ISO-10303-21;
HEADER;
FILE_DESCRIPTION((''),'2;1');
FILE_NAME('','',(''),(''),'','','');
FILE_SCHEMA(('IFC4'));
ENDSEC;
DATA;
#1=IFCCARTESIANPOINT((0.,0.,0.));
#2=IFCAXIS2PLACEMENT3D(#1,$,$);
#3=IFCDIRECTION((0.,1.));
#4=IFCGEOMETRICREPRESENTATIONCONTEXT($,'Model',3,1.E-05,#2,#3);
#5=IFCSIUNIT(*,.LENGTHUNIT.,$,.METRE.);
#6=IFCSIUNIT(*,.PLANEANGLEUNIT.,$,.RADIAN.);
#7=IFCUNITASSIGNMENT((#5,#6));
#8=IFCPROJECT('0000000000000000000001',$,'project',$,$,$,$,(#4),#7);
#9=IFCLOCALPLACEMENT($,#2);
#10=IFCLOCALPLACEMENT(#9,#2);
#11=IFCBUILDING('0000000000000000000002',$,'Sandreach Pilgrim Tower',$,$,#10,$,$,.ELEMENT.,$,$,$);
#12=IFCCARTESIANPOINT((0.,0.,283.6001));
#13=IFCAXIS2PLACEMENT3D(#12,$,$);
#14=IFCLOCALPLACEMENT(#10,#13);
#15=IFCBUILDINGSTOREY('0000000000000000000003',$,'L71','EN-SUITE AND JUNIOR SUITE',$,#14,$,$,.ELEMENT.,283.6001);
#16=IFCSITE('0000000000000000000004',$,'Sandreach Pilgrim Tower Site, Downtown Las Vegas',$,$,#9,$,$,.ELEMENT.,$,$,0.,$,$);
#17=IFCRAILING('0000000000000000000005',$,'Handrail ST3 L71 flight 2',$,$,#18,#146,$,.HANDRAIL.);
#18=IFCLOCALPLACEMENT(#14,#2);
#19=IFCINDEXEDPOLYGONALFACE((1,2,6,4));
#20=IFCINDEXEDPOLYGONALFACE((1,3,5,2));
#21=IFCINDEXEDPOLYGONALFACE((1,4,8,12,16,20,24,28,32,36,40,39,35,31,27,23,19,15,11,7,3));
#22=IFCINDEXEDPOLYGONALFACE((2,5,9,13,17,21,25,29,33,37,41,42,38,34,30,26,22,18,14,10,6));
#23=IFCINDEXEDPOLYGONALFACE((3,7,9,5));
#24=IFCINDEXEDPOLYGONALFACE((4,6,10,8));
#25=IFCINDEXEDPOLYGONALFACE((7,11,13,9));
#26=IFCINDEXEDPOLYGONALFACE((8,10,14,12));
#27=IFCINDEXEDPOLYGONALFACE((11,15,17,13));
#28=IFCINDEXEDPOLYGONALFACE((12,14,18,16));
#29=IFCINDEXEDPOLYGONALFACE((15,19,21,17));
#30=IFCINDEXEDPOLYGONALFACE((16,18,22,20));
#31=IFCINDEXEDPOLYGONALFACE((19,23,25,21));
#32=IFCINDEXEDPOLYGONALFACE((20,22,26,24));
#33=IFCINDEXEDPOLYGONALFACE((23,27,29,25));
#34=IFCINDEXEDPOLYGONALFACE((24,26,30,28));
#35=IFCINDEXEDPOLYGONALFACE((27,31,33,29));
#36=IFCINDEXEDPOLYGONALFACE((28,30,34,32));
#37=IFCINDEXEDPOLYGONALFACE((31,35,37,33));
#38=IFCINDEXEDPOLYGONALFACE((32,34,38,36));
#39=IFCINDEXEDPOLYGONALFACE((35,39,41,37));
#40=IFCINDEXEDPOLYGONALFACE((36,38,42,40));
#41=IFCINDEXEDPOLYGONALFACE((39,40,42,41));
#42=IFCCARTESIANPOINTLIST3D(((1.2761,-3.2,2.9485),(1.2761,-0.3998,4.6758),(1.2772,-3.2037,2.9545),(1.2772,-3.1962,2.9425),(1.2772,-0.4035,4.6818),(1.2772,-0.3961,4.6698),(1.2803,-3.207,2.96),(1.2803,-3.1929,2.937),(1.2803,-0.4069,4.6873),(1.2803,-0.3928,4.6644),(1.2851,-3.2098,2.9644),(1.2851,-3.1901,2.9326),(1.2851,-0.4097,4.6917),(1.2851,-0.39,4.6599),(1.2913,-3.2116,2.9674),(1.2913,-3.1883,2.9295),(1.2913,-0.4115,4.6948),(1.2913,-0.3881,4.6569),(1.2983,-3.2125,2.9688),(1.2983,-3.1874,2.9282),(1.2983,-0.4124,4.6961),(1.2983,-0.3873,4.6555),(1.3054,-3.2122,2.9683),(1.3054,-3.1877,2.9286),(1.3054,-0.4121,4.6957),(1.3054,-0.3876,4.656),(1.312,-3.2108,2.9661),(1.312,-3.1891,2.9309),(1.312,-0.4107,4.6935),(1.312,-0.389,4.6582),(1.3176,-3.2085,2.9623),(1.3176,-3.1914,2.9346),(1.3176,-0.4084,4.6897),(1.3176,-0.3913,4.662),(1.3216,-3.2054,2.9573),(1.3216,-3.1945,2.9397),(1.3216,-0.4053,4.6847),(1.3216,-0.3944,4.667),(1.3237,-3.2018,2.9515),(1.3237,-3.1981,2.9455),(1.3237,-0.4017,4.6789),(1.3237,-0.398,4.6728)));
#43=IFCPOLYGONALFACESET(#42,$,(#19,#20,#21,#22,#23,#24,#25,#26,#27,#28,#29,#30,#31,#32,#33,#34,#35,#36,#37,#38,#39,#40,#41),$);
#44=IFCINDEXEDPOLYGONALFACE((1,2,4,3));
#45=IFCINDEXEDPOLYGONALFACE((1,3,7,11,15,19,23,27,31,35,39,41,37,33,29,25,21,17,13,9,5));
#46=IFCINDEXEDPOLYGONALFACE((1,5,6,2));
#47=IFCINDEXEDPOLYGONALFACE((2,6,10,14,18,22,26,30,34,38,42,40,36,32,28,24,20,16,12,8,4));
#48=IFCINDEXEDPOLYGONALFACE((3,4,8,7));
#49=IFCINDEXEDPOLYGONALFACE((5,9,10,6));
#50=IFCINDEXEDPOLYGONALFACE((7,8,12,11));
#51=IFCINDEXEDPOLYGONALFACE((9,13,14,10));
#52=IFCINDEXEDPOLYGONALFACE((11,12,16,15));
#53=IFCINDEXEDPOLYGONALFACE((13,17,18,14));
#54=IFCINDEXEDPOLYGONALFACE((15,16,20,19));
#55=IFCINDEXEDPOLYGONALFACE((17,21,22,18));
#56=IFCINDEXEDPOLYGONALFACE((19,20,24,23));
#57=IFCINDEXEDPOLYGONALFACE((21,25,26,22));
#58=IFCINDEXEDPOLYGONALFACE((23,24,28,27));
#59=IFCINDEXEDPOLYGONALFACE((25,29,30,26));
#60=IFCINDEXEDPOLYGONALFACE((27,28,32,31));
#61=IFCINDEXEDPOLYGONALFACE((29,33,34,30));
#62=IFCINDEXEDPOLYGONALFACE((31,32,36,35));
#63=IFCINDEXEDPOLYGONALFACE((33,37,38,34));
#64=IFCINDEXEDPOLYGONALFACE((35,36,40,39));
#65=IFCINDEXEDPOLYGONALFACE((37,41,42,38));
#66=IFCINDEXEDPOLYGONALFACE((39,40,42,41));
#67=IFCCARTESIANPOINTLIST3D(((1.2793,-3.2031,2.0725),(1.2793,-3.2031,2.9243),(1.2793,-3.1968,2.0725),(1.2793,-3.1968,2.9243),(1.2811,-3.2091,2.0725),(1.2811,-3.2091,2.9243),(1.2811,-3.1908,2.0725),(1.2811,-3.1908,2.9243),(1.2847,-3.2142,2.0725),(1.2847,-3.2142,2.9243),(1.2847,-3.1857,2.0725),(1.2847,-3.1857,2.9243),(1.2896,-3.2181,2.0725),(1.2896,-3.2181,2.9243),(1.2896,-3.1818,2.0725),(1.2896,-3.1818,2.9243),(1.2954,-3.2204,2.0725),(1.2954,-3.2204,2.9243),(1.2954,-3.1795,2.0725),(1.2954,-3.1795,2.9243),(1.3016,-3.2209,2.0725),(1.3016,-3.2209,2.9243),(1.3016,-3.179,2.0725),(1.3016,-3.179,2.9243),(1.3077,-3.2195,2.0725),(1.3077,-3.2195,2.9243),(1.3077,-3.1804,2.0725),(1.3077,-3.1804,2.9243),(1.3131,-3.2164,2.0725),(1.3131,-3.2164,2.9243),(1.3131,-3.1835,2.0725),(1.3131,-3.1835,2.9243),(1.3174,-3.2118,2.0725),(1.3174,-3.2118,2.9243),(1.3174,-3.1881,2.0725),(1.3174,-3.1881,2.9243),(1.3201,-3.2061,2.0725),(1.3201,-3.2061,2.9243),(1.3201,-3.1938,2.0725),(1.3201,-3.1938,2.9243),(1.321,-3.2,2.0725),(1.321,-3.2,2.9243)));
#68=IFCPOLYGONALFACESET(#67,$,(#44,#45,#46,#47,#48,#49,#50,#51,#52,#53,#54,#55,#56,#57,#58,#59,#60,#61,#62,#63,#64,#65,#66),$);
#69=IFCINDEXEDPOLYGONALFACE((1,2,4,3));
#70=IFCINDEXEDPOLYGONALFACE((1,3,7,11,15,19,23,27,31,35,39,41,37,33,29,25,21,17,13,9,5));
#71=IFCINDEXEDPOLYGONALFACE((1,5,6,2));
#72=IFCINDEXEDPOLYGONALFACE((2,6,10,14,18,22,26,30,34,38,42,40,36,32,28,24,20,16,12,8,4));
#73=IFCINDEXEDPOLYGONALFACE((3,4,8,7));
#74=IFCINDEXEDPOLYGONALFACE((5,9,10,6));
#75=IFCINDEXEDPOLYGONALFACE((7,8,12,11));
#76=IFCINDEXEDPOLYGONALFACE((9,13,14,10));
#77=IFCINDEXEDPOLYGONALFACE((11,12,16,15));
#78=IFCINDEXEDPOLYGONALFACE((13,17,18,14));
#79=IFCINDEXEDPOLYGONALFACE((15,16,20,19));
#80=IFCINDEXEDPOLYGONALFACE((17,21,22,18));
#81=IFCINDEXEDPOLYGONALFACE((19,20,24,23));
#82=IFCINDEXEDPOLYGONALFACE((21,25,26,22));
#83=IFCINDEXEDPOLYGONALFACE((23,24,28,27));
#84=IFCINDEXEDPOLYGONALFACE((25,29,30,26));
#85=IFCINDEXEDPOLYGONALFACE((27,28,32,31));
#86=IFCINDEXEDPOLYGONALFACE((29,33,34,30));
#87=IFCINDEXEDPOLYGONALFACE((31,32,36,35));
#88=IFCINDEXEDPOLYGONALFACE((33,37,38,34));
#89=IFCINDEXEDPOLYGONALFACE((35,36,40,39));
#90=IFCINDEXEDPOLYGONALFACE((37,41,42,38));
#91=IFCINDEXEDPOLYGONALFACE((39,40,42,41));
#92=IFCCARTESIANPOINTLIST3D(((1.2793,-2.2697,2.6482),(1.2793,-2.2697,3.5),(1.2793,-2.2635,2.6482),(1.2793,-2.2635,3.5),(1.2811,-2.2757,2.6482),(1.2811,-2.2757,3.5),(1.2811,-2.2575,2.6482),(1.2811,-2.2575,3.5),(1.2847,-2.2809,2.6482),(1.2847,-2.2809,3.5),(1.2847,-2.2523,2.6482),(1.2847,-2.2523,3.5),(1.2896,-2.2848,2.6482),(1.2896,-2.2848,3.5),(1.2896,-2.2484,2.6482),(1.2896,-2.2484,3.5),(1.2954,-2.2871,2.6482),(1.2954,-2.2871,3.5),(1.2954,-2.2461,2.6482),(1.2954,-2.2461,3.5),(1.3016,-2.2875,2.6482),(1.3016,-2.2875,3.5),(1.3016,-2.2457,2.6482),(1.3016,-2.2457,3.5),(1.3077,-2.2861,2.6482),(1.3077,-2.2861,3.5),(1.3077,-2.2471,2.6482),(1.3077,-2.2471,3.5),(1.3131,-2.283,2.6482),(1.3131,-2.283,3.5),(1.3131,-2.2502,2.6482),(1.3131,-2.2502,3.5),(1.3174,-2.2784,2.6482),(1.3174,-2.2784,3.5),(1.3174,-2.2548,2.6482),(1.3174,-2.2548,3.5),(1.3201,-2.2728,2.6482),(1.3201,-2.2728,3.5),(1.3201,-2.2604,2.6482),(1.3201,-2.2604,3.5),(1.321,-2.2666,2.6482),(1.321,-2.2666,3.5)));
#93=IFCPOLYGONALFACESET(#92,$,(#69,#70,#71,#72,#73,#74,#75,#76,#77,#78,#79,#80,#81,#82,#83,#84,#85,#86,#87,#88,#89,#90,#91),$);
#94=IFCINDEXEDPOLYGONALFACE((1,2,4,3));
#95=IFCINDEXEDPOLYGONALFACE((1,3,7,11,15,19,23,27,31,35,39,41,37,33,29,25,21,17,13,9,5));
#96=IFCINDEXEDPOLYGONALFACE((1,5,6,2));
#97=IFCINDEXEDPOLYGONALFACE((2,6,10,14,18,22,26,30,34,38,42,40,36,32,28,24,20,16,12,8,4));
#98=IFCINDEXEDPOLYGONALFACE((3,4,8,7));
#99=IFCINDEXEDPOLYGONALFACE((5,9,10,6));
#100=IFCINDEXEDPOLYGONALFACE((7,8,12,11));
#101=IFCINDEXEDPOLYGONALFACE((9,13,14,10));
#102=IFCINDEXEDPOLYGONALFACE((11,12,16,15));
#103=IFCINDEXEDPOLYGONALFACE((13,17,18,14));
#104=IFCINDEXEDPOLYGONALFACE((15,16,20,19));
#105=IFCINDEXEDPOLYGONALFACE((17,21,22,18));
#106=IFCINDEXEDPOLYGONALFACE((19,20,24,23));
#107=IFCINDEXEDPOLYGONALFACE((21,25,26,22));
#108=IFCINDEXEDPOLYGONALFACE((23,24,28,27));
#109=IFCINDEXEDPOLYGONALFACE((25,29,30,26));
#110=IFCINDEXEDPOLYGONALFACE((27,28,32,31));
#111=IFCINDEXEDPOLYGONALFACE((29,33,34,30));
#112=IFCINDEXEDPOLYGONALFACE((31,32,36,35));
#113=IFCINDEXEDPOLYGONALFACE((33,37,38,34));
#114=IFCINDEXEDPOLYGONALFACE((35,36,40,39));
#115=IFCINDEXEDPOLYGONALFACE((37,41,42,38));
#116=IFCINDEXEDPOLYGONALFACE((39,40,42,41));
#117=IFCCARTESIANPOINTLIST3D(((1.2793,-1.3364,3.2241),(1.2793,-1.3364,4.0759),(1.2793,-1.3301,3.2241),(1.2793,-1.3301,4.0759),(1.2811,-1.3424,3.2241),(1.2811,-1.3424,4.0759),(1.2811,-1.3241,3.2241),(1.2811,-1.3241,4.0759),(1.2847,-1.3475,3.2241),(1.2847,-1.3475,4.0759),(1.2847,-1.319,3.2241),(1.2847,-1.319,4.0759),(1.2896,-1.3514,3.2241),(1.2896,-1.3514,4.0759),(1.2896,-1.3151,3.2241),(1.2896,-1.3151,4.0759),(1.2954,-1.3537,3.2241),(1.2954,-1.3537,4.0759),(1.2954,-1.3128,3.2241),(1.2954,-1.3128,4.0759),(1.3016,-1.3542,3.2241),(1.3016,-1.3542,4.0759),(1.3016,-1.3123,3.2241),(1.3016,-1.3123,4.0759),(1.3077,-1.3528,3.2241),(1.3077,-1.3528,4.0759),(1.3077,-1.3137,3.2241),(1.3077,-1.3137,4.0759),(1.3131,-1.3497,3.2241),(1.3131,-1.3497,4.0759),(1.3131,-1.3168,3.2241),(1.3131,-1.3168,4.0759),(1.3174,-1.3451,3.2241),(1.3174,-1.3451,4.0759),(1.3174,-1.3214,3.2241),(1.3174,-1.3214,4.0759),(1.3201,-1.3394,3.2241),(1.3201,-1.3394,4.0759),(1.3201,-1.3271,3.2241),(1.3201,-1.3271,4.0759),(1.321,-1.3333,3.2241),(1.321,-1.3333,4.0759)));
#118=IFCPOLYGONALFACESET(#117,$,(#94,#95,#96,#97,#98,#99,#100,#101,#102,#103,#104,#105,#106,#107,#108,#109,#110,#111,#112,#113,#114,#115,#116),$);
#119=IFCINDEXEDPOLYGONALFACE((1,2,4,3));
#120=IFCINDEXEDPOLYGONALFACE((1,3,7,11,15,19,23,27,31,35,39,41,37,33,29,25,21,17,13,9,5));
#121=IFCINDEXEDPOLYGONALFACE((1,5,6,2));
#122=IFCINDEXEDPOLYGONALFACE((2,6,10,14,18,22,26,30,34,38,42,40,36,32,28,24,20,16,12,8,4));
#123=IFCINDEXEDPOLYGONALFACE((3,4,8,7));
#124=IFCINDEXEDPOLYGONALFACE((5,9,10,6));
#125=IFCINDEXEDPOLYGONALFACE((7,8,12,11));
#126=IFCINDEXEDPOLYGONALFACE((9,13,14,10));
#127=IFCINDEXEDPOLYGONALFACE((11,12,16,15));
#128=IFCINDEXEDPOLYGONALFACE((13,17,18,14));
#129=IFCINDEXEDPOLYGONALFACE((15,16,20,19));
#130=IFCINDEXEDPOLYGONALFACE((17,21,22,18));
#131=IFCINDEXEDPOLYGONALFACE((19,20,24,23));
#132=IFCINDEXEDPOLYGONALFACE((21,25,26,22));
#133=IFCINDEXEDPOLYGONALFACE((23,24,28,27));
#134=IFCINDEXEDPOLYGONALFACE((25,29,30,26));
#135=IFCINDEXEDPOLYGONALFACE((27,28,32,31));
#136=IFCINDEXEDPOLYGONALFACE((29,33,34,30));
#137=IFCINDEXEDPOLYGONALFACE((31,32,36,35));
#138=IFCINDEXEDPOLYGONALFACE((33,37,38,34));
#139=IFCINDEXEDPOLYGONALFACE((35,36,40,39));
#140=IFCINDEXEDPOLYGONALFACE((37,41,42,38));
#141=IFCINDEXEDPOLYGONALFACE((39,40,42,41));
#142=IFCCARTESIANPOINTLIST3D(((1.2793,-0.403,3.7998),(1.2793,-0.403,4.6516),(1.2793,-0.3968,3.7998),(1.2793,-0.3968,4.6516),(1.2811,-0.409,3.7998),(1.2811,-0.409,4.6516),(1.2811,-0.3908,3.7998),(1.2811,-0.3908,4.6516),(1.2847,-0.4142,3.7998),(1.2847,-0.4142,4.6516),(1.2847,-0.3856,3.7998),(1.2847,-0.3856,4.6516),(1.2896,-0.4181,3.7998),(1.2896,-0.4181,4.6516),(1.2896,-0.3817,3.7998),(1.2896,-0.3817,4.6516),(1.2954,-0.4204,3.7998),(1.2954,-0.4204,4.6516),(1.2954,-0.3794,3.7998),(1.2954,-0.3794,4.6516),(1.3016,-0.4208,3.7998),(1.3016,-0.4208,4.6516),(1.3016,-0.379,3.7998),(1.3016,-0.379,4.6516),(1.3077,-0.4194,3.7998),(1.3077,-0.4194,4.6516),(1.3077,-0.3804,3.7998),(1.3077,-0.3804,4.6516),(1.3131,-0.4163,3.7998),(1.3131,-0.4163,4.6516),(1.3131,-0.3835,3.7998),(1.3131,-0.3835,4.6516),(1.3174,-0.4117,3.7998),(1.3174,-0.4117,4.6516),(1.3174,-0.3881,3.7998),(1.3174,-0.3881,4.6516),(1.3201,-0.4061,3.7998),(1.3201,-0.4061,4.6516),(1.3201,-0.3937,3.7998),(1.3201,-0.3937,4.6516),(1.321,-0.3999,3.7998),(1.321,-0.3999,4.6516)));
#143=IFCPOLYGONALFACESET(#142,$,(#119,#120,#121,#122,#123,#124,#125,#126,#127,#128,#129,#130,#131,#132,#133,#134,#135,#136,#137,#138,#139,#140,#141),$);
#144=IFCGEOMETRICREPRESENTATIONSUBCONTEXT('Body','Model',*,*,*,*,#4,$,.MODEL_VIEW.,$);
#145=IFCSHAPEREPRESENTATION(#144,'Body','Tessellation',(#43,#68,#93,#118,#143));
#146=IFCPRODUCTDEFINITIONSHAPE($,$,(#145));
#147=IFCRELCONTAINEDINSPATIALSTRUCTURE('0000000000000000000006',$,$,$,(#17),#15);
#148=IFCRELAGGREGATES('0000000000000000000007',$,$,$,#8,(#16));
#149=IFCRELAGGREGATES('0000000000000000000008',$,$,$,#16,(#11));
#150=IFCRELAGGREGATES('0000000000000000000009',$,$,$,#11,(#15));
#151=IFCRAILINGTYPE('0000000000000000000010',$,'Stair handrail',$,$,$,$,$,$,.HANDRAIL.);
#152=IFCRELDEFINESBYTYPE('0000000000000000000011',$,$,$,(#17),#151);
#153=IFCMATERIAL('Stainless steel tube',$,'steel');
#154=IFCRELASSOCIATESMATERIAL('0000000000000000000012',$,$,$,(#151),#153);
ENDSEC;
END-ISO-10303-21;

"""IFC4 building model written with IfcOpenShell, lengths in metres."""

from ifc_helpers import new_model, si_unit, direction, frame, origin, origin_2d, place, context, subcontext, project, spatial, circle, extrude, material, type_object, element, save


model = new_model("IFC4")

# Units and contexts
model_context = context("Model", 3, precision=1e-05, world=origin(), true_north=direction((0.0, 1.0)))
body_context = subcontext(model_context, "Body", "Model", "MODEL_VIEW")
ifc_project = project(units=[si_unit("LENGTHUNIT", "METRE"), si_unit("PLANEANGLEUNIT", "RADIAN")], contexts=[model_context])

# Site, building, storey
site_placement = place(None, origin())
site = spatial("IfcSite", under=ifc_project, at=site_placement, Name="Sandreach Pilgrim Tower Site, Downtown Las Vegas", CompositionType="ELEMENT", RefElevation=0.0)
building_placement = place(site_placement, origin())
building = spatial("IfcBuilding", under=site, at=building_placement, Name="Sandreach Pilgrim Tower", CompositionType="ELEMENT")
storey_placement = place(building_placement, frame((0.0, 0.0, 283.6001)))
storey = spatial("IfcBuildingStorey", under=building, at=storey_placement, Name="L71", Description="EN-SUITE AND JUNIOR SUITE", CompositionType="ELEMENT", Elevation=283.6001)

# Railing
ifc_material_1 = material(Name="Stainless steel tube", Category="steel")
railing_type = type_object("IfcRailingType", Name="Stair handrail", PredefinedType="HANDRAIL", material=ifc_material_1)
for number, where, name in (
    (1, (1.3, -3.2, 2.0725), "Handrail ST3 L71 flight 2"),
):
    element("IfcRailing", number, at=place(storey_placement, frame(where)), inside=storey, type_object=railing_type, Name=name, PredefinedType="HANDRAIL", context=body_context, shape_type="SweptSolid", body=[
        extrude(circle(Radius=0.0239, at=origin_2d()), frame((0.0, 0.0, 0.876), z_axis=(0.0, 0.85109, 0.52502), x_axis=(-1.0, 0.0, 0.0)), (0.0, 0.0, 1.0), 3.29),
        extrude(circle(Radius=0.021, at=origin_2d()), origin(), (0.0, 0.0, 1.0), 0.8518),
        extrude(circle(Radius=0.021, at=origin_2d()), frame((0.0, 0.9333, 0.5757)), (0.0, 0.0, 1.0), 0.8518),
        extrude(circle(Radius=0.021, at=origin_2d()), frame((0.0, 1.8667, 1.1516)), (0.0, 0.0, 1.0), 0.8518),
        extrude(circle(Radius=0.021, at=origin_2d()), frame((0.0, 2.8, 1.7273)), (0.0, 0.0, 1.0), 0.8518),
    ])

save(model, "model.ifc")
